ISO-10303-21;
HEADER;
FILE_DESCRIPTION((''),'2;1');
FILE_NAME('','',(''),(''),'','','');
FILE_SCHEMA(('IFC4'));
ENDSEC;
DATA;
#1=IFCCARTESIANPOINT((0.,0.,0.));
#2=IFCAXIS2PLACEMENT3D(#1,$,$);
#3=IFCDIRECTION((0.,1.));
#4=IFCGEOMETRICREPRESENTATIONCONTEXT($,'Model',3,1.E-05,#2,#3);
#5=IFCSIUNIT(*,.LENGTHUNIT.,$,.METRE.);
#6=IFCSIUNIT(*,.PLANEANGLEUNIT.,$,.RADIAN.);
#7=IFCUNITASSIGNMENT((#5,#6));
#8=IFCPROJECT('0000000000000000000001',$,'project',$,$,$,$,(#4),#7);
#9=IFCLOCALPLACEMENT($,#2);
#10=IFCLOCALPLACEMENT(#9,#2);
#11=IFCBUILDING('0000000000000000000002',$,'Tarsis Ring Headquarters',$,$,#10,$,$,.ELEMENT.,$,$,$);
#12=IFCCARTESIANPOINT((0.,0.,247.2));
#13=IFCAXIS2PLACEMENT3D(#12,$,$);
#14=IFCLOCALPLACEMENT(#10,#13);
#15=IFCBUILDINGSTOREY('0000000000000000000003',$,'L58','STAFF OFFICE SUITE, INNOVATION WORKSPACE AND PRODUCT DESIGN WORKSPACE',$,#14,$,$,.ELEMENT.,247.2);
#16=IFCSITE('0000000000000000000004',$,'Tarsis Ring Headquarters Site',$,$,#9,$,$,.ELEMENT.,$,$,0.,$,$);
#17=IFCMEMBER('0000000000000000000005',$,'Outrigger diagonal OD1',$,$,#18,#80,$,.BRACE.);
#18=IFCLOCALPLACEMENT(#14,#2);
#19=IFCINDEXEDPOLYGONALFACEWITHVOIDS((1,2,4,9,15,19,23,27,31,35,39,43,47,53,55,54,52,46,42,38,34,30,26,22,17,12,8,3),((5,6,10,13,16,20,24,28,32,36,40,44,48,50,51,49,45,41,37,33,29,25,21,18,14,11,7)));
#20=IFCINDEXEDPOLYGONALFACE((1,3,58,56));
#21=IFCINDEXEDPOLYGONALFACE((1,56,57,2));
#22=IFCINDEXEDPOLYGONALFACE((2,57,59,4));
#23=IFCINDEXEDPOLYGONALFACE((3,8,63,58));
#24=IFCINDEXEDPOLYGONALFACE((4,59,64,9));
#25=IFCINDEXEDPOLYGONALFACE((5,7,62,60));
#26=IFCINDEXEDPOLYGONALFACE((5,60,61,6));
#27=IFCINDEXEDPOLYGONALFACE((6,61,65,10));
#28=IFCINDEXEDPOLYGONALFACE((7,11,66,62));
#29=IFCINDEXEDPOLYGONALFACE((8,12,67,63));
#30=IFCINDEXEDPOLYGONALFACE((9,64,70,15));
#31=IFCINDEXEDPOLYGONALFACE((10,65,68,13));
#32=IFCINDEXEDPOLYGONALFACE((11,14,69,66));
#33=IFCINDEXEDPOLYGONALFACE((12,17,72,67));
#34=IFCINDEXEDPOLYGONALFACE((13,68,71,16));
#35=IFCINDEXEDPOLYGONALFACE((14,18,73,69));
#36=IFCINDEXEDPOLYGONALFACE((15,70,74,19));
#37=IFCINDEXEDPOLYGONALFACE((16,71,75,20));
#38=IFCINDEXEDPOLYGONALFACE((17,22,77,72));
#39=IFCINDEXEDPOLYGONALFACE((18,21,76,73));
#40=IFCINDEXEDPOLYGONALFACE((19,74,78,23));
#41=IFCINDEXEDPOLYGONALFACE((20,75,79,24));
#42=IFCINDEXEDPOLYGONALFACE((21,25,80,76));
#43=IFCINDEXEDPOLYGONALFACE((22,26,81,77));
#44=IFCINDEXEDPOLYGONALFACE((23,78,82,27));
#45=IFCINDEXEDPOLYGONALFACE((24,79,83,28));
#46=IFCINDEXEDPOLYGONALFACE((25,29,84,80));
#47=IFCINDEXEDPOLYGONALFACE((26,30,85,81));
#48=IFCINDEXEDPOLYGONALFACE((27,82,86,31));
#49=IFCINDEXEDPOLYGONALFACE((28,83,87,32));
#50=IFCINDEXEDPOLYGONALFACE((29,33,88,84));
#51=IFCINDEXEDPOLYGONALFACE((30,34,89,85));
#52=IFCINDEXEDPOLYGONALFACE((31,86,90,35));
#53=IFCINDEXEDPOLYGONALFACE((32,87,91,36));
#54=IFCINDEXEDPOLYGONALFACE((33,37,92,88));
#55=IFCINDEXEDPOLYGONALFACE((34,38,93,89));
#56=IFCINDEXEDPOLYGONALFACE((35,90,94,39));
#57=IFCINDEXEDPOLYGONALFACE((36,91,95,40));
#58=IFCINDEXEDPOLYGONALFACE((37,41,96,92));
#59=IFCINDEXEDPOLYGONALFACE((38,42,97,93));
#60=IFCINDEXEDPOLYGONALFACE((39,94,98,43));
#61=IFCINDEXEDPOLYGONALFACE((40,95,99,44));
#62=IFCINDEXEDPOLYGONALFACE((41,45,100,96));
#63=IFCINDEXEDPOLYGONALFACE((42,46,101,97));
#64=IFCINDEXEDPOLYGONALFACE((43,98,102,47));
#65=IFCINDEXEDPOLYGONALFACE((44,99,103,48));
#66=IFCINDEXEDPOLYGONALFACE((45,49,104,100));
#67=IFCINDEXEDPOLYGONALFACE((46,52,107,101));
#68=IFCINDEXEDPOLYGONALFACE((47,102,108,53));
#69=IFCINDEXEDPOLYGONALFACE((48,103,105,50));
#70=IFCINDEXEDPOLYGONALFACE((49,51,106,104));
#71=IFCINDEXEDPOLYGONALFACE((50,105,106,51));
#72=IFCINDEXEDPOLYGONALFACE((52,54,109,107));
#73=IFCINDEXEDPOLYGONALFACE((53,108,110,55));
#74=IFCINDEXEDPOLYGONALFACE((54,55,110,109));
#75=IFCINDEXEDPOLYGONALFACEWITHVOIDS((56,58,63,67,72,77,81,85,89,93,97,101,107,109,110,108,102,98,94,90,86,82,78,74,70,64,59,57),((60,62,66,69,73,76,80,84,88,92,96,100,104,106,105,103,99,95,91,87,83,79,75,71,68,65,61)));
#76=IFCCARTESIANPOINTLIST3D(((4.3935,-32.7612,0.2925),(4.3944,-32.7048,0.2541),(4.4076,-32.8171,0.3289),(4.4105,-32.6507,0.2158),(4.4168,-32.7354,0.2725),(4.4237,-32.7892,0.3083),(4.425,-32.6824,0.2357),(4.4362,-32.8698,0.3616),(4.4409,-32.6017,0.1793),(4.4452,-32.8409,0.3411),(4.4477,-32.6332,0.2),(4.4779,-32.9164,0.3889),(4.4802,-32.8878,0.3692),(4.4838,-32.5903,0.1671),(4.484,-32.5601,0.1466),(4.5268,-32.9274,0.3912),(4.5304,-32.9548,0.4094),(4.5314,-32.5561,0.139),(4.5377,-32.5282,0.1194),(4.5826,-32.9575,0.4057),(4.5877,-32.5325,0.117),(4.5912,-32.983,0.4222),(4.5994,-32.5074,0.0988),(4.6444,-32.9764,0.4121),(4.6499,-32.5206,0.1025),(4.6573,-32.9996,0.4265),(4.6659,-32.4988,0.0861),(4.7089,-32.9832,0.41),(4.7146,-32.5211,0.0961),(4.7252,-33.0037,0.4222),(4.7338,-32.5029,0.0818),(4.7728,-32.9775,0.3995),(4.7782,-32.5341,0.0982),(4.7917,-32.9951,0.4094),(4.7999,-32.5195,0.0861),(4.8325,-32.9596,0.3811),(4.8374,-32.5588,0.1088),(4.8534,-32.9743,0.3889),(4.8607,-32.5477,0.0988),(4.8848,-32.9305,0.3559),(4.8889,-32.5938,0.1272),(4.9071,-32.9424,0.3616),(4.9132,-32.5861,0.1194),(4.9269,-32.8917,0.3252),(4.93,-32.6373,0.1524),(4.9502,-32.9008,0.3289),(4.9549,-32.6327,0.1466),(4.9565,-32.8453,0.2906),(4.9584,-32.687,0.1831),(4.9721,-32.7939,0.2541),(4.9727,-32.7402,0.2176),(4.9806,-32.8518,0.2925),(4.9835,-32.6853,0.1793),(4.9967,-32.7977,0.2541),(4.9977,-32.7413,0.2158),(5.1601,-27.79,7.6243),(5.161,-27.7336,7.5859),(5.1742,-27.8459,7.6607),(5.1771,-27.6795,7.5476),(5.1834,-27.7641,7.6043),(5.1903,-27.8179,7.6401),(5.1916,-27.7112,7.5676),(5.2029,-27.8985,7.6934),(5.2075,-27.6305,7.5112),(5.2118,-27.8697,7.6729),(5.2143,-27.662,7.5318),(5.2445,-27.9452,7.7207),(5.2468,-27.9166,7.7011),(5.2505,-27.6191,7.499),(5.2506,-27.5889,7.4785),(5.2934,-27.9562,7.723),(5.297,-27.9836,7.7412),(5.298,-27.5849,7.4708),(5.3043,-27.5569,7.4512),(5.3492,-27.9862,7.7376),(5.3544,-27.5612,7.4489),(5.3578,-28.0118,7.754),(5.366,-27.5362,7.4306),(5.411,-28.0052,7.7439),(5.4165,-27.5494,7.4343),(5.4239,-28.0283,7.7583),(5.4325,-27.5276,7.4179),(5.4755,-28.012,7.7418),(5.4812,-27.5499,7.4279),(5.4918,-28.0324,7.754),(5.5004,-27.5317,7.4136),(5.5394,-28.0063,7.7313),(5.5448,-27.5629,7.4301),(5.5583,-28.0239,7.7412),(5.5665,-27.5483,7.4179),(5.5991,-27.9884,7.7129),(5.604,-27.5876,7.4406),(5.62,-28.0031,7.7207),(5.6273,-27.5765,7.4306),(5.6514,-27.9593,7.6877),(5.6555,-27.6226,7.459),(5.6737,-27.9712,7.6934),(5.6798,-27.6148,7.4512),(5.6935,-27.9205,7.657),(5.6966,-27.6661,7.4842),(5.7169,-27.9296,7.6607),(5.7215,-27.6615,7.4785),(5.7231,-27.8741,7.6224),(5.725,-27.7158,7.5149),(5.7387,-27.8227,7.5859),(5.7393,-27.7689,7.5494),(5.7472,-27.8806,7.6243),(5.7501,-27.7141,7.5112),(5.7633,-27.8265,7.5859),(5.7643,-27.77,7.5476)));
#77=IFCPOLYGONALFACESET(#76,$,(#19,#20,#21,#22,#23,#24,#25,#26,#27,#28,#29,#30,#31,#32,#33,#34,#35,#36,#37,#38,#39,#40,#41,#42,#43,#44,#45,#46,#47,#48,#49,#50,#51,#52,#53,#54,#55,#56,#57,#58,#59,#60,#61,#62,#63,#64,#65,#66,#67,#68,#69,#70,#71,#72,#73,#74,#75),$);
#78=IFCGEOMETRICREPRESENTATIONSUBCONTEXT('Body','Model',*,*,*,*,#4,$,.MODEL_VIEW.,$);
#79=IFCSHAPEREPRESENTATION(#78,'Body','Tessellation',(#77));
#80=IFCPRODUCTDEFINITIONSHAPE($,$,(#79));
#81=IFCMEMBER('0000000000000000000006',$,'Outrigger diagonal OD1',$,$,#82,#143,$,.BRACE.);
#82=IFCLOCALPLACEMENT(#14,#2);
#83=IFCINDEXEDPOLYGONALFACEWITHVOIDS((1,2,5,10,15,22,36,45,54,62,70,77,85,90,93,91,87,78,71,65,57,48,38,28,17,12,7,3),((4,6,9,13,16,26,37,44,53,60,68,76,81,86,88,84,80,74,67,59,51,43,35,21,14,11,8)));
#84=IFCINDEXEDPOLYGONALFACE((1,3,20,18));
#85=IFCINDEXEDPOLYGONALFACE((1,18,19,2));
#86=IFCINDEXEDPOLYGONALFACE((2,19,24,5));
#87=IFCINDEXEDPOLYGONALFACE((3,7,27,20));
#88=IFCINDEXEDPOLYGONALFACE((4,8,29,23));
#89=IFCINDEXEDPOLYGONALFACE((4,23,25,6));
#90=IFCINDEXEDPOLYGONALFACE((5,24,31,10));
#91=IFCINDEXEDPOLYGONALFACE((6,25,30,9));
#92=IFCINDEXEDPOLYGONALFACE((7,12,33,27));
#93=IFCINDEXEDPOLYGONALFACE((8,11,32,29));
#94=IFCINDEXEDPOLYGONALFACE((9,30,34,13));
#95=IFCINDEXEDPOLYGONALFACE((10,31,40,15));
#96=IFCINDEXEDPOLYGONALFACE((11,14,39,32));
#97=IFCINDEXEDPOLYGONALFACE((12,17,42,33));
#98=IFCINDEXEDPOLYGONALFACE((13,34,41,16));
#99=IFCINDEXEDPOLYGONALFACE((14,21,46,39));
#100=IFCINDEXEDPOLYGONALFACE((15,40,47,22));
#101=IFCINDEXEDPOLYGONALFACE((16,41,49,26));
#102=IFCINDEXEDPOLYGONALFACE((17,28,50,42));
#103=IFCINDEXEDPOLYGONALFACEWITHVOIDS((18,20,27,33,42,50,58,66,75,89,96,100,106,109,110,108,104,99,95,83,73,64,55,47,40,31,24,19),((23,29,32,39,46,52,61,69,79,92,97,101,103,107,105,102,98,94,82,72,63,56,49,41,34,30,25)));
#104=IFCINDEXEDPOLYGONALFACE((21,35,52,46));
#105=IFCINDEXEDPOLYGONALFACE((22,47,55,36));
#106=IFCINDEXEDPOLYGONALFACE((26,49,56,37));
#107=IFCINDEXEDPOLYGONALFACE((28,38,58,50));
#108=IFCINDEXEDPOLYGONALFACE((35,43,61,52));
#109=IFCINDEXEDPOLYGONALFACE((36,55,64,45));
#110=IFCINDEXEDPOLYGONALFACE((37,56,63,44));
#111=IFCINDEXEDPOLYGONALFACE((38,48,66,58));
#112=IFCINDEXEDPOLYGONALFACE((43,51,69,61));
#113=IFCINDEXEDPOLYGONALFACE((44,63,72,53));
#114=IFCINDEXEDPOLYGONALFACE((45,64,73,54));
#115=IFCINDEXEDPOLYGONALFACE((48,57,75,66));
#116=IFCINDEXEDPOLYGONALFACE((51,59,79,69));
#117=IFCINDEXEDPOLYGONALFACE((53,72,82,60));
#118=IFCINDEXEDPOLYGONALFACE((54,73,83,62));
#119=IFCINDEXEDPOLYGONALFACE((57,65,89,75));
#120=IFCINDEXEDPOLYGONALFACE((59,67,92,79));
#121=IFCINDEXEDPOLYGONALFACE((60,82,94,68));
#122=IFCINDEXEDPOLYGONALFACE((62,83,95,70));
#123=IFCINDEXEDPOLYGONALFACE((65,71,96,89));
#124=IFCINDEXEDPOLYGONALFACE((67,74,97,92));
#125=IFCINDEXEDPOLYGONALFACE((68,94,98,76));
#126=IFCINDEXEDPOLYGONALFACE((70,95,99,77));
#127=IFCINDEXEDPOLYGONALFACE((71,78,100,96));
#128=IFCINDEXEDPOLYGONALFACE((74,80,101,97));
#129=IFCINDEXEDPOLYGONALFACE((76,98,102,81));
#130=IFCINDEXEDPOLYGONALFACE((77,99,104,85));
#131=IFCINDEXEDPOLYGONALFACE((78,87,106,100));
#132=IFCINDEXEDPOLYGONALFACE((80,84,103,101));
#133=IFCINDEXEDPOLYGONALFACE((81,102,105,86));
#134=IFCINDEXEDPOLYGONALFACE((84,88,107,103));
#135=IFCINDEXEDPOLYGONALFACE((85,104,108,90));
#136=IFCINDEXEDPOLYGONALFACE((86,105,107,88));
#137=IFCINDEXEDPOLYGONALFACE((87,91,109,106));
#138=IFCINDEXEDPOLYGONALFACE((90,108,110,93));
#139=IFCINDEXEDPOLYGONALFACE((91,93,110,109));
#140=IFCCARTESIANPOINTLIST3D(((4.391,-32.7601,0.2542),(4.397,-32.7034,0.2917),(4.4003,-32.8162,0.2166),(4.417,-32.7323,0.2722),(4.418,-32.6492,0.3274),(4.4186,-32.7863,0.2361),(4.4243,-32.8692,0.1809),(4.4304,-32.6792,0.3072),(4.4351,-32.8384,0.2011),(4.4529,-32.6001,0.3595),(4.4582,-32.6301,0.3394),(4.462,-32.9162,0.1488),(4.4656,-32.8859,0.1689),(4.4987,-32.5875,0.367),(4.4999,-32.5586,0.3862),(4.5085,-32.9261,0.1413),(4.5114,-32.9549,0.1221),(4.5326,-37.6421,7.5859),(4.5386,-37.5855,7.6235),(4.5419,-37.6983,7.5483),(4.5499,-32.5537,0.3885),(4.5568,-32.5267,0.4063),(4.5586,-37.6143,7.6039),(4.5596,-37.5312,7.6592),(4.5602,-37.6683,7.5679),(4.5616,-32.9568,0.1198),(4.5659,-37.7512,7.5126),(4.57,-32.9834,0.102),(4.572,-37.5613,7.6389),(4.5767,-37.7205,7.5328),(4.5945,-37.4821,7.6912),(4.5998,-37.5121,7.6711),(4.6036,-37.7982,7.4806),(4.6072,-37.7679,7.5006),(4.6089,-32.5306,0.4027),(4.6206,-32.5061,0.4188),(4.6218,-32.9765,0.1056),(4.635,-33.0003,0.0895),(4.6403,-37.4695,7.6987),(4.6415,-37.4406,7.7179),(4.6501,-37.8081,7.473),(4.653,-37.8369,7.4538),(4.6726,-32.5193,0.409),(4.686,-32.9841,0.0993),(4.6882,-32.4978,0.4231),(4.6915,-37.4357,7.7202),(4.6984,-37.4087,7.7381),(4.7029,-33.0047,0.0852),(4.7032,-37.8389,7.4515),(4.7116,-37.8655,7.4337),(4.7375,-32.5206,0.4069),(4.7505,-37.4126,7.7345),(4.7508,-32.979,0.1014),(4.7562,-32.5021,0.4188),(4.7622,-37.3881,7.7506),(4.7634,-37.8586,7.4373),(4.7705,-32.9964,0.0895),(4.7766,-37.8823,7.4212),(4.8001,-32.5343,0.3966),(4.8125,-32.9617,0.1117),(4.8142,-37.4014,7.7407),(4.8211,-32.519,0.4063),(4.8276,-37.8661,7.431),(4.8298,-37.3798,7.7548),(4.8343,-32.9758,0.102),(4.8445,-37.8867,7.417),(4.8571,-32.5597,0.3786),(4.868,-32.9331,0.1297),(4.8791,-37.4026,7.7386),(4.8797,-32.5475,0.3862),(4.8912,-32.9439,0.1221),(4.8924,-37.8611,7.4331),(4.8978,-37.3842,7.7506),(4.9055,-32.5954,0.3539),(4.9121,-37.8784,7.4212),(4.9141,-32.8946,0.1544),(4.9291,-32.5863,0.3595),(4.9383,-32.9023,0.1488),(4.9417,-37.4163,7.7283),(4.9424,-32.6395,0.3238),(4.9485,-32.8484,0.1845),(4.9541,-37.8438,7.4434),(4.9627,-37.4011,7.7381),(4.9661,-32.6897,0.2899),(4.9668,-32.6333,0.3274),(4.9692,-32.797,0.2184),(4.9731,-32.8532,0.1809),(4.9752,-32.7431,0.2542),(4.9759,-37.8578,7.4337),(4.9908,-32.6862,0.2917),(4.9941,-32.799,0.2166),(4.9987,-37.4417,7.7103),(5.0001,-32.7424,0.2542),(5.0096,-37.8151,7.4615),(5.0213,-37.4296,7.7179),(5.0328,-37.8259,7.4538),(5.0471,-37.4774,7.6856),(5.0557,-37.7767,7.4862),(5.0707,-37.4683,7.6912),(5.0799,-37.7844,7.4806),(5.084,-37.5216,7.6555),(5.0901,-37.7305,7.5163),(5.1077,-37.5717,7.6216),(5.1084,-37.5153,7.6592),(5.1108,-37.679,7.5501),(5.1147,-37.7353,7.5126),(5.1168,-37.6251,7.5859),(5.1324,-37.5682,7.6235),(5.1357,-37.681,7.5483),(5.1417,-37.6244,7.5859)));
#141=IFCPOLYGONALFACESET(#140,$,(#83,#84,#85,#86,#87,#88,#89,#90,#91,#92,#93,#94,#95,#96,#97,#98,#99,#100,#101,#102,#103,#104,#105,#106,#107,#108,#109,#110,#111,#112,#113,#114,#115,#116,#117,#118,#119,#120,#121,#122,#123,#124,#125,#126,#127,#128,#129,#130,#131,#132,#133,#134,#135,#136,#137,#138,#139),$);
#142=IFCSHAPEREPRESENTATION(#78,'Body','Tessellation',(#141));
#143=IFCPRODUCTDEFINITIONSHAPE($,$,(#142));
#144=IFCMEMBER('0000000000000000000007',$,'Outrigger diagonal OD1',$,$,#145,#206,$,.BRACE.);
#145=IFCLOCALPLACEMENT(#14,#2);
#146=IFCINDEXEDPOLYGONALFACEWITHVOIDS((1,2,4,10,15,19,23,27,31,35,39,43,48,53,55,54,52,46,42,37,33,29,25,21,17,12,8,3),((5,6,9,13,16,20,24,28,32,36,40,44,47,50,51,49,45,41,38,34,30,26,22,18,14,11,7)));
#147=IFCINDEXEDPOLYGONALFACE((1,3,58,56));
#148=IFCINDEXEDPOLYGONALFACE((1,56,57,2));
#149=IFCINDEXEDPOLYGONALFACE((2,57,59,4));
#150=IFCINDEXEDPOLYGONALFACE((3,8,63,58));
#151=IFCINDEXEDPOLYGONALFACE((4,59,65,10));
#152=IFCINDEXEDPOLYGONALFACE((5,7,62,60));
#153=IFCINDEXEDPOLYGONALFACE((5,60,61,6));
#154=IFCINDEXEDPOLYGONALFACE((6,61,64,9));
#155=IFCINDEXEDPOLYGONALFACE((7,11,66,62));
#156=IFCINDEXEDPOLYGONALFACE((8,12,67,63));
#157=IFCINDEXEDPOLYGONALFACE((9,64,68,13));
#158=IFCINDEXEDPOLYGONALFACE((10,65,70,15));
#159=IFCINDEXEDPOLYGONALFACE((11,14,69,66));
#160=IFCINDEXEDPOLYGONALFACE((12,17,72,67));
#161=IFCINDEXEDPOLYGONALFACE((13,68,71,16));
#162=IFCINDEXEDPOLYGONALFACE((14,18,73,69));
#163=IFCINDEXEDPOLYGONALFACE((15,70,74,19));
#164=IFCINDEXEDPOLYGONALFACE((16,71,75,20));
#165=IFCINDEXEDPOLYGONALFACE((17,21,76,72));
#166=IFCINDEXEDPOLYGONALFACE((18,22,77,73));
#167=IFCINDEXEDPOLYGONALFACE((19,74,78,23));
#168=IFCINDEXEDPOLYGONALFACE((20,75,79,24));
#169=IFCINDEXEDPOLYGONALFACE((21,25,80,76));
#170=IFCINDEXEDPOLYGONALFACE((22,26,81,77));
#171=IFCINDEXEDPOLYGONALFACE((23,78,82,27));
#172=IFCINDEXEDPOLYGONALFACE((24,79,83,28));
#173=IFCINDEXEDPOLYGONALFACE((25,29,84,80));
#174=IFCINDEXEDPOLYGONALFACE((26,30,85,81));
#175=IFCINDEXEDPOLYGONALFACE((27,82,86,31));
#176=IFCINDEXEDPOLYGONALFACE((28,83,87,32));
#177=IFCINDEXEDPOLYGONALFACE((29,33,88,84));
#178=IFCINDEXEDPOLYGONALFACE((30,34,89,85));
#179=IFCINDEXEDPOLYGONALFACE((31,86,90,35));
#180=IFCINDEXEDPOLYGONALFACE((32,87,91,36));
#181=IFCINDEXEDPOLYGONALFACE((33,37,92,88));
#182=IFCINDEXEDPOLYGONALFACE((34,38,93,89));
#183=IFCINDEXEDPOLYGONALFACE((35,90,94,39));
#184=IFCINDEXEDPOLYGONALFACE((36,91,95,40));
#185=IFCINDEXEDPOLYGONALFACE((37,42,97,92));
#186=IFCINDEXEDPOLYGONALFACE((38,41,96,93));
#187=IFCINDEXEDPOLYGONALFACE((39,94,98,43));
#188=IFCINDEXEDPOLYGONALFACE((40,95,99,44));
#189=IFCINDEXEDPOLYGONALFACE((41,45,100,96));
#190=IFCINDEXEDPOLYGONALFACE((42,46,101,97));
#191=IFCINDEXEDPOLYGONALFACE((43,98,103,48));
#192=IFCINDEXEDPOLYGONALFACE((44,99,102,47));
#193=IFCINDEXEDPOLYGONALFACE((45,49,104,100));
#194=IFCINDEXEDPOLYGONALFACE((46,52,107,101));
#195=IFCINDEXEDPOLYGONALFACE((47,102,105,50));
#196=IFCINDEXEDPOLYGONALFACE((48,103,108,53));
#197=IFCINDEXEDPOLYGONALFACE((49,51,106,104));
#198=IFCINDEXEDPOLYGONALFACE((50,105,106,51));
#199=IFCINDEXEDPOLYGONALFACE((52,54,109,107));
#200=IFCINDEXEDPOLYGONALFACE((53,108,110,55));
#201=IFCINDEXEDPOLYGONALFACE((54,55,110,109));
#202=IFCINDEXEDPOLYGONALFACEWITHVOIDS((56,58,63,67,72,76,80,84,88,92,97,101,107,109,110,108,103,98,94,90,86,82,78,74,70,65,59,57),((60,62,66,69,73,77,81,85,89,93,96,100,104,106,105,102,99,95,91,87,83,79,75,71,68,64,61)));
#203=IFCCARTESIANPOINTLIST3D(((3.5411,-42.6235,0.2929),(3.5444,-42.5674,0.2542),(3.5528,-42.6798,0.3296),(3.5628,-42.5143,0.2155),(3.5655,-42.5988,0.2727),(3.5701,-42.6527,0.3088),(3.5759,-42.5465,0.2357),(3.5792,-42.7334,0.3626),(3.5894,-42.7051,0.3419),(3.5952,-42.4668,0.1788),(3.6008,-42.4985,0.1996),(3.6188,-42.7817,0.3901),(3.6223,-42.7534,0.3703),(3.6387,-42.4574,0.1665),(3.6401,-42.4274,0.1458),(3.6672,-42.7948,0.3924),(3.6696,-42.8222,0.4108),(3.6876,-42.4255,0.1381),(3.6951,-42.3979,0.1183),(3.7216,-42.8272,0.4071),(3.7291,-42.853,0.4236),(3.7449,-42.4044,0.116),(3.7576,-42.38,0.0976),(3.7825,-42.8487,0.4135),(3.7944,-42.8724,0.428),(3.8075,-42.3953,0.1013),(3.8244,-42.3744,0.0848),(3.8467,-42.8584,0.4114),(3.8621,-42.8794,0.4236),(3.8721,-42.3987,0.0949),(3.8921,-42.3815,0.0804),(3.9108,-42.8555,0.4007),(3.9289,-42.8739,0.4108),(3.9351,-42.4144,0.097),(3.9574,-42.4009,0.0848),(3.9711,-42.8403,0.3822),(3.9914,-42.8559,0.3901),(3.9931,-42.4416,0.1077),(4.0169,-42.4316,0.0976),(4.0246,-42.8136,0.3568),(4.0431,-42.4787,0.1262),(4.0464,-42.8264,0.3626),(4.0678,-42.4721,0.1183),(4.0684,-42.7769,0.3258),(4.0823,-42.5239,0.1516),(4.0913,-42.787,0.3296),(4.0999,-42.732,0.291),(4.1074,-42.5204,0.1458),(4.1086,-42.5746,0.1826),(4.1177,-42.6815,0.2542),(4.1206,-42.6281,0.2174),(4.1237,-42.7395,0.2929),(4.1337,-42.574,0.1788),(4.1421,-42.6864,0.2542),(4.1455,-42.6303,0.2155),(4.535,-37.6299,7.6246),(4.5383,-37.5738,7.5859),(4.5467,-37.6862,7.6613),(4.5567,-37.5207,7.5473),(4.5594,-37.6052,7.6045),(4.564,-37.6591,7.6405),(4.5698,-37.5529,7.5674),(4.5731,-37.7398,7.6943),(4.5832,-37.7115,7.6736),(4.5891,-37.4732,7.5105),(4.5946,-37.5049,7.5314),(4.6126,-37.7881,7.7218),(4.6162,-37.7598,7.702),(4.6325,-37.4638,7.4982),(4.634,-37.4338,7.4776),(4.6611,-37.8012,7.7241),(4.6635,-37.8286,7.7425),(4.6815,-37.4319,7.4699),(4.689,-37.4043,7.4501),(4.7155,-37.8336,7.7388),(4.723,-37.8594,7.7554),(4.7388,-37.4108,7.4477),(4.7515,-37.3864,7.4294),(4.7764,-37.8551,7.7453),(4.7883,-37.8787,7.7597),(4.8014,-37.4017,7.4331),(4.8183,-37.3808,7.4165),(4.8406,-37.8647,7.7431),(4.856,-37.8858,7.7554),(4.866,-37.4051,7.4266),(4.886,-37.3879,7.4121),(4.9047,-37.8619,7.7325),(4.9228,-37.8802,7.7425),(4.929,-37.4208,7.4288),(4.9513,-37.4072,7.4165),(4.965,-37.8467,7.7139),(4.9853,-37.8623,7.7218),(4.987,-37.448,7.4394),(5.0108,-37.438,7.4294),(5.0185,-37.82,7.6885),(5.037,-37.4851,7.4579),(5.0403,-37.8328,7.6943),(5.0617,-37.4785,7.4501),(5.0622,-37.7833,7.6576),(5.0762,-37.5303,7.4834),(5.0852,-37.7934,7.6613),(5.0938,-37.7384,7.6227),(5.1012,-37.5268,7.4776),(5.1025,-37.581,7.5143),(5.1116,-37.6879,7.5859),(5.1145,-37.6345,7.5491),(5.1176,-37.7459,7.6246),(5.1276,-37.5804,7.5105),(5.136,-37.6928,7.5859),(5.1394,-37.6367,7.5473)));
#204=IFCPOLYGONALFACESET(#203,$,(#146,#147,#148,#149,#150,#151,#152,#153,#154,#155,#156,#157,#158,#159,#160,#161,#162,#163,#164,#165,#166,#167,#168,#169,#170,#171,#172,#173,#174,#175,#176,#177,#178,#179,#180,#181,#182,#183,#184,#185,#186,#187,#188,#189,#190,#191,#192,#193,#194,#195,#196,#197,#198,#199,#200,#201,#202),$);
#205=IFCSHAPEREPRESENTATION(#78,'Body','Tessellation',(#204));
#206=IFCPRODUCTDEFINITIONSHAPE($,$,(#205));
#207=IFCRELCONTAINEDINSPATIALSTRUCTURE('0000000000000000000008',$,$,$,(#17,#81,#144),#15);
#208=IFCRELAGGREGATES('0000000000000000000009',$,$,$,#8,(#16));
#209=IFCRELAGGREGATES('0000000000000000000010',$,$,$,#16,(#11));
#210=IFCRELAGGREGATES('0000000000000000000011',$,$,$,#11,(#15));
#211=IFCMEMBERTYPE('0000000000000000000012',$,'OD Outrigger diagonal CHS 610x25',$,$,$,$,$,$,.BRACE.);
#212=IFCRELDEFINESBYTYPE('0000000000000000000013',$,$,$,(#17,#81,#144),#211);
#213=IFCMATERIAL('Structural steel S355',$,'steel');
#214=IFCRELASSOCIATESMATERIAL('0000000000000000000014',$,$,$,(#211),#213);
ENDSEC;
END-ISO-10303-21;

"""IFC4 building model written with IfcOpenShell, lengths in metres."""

from ifc_helpers import new_model, si_unit, direction, frame, origin, origin_2d, place, context, subcontext, project, spatial, hollow_circle, extrude, material, material_profile, profile_set, type_object, element, save


model = new_model("IFC4")

# Units and contexts
model_context = context("Model", 3, precision=1e-05, world=origin(), true_north=direction((0.0, 1.0)))
body_context = subcontext(model_context, "Body", "Model", "MODEL_VIEW")
ifc_project = project(units=[si_unit("LENGTHUNIT", "METRE"), si_unit("PLANEANGLEUNIT", "RADIAN")], contexts=[model_context])

# Site, building, storey
site_placement = place(None, origin())
site = spatial("IfcSite", under=ifc_project, at=site_placement, Name="Tarsis Ring Headquarters Site", CompositionType="ELEMENT", RefElevation=0.0)
building_placement = place(site_placement, origin())
building = spatial("IfcBuilding", under=site, at=building_placement, Name="Tarsis Ring Headquarters", CompositionType="ELEMENT")
storey_placement = place(building_placement, frame((0.0, 0.0, 247.2)))
storey = spatial("IfcBuildingStorey", under=building, at=storey_placement, Name="L58", Description="STAFF OFFICE SUITE, INNOVATION WORKSPACE AND PRODUCT DESIGN WORKSPACE", CompositionType="ELEMENT", Elevation=247.2)

# Members
ifc_material_1 = material(Name="Structural steel S355", Category="steel")
ifc_material_profile_1 = material_profile(ifc_material_1, hollow_circle(Radius=0.3047, WallThickness=0.0249, at=origin_2d()), Name="CHS 610x25")
ifc_profile_set_1 = profile_set([ifc_material_profile_1], Name="Structural steel S355")
member_type_1 = type_object("IfcMemberType", Name="OD Outrigger diagonal CHS 610x25", PredefinedType="BRACE", material=ifc_profile_set_1)
member_1_placement = place(storey_placement, frame((5.4622, -27.78, 7.5859), z_axis=(-0.086219, -0.559106, -0.824601), x_axis=(0.988318, -0.152407, 0.0)))
element("IfcMember", 1, at=member_1_placement, inside=storey, type_object=member_type_1, Name="Outrigger diagonal OD1", PredefinedType="BRACE", context=body_context, shape_type="SweptSolid", body=[
    extrude(hollow_circle(Radius=0.3047, WallThickness=0.0249, at=origin_2d()), origin(), (0.0, 0.0, 1.0), 8.8914),
])
member_2_placement = place(storey_placement, frame((4.6956, -32.7512, 0.2542), z_axis=(0.016073, -0.554174, 0.832245), x_axis=(0.99958, 0.028992, 0.0)))
element("IfcMember", 2, at=member_2_placement, inside=storey, type_object=member_type_1, Name="Outrigger diagonal OD1", PredefinedType="BRACE", context=body_context, shape_type="SweptSolid", body=[
    extrude(hollow_circle(Radius=0.3047, WallThickness=0.0249, at=origin_2d()), origin(), (0.0, 0.0, 1.0), 8.8096),
])
member_3_placement = place(storey_placement, frame((4.8372, -37.6333, 7.5859), z_axis=(-0.111344, -0.559429, -0.821366), x_axis=(0.980763, -0.195203, 0.0)))
element("IfcMember", 3, at=member_3_placement, inside=storey, type_object=member_type_1, Name="Outrigger diagonal OD1", PredefinedType="BRACE", context=body_context, shape_type="SweptSolid", body=[
    extrude(hollow_circle(Radius=0.3047, WallThickness=0.0249, at=origin_2d()), origin(), (0.0, 0.0, 1.0), 8.9263),
])

save(model, "model.ifc")
